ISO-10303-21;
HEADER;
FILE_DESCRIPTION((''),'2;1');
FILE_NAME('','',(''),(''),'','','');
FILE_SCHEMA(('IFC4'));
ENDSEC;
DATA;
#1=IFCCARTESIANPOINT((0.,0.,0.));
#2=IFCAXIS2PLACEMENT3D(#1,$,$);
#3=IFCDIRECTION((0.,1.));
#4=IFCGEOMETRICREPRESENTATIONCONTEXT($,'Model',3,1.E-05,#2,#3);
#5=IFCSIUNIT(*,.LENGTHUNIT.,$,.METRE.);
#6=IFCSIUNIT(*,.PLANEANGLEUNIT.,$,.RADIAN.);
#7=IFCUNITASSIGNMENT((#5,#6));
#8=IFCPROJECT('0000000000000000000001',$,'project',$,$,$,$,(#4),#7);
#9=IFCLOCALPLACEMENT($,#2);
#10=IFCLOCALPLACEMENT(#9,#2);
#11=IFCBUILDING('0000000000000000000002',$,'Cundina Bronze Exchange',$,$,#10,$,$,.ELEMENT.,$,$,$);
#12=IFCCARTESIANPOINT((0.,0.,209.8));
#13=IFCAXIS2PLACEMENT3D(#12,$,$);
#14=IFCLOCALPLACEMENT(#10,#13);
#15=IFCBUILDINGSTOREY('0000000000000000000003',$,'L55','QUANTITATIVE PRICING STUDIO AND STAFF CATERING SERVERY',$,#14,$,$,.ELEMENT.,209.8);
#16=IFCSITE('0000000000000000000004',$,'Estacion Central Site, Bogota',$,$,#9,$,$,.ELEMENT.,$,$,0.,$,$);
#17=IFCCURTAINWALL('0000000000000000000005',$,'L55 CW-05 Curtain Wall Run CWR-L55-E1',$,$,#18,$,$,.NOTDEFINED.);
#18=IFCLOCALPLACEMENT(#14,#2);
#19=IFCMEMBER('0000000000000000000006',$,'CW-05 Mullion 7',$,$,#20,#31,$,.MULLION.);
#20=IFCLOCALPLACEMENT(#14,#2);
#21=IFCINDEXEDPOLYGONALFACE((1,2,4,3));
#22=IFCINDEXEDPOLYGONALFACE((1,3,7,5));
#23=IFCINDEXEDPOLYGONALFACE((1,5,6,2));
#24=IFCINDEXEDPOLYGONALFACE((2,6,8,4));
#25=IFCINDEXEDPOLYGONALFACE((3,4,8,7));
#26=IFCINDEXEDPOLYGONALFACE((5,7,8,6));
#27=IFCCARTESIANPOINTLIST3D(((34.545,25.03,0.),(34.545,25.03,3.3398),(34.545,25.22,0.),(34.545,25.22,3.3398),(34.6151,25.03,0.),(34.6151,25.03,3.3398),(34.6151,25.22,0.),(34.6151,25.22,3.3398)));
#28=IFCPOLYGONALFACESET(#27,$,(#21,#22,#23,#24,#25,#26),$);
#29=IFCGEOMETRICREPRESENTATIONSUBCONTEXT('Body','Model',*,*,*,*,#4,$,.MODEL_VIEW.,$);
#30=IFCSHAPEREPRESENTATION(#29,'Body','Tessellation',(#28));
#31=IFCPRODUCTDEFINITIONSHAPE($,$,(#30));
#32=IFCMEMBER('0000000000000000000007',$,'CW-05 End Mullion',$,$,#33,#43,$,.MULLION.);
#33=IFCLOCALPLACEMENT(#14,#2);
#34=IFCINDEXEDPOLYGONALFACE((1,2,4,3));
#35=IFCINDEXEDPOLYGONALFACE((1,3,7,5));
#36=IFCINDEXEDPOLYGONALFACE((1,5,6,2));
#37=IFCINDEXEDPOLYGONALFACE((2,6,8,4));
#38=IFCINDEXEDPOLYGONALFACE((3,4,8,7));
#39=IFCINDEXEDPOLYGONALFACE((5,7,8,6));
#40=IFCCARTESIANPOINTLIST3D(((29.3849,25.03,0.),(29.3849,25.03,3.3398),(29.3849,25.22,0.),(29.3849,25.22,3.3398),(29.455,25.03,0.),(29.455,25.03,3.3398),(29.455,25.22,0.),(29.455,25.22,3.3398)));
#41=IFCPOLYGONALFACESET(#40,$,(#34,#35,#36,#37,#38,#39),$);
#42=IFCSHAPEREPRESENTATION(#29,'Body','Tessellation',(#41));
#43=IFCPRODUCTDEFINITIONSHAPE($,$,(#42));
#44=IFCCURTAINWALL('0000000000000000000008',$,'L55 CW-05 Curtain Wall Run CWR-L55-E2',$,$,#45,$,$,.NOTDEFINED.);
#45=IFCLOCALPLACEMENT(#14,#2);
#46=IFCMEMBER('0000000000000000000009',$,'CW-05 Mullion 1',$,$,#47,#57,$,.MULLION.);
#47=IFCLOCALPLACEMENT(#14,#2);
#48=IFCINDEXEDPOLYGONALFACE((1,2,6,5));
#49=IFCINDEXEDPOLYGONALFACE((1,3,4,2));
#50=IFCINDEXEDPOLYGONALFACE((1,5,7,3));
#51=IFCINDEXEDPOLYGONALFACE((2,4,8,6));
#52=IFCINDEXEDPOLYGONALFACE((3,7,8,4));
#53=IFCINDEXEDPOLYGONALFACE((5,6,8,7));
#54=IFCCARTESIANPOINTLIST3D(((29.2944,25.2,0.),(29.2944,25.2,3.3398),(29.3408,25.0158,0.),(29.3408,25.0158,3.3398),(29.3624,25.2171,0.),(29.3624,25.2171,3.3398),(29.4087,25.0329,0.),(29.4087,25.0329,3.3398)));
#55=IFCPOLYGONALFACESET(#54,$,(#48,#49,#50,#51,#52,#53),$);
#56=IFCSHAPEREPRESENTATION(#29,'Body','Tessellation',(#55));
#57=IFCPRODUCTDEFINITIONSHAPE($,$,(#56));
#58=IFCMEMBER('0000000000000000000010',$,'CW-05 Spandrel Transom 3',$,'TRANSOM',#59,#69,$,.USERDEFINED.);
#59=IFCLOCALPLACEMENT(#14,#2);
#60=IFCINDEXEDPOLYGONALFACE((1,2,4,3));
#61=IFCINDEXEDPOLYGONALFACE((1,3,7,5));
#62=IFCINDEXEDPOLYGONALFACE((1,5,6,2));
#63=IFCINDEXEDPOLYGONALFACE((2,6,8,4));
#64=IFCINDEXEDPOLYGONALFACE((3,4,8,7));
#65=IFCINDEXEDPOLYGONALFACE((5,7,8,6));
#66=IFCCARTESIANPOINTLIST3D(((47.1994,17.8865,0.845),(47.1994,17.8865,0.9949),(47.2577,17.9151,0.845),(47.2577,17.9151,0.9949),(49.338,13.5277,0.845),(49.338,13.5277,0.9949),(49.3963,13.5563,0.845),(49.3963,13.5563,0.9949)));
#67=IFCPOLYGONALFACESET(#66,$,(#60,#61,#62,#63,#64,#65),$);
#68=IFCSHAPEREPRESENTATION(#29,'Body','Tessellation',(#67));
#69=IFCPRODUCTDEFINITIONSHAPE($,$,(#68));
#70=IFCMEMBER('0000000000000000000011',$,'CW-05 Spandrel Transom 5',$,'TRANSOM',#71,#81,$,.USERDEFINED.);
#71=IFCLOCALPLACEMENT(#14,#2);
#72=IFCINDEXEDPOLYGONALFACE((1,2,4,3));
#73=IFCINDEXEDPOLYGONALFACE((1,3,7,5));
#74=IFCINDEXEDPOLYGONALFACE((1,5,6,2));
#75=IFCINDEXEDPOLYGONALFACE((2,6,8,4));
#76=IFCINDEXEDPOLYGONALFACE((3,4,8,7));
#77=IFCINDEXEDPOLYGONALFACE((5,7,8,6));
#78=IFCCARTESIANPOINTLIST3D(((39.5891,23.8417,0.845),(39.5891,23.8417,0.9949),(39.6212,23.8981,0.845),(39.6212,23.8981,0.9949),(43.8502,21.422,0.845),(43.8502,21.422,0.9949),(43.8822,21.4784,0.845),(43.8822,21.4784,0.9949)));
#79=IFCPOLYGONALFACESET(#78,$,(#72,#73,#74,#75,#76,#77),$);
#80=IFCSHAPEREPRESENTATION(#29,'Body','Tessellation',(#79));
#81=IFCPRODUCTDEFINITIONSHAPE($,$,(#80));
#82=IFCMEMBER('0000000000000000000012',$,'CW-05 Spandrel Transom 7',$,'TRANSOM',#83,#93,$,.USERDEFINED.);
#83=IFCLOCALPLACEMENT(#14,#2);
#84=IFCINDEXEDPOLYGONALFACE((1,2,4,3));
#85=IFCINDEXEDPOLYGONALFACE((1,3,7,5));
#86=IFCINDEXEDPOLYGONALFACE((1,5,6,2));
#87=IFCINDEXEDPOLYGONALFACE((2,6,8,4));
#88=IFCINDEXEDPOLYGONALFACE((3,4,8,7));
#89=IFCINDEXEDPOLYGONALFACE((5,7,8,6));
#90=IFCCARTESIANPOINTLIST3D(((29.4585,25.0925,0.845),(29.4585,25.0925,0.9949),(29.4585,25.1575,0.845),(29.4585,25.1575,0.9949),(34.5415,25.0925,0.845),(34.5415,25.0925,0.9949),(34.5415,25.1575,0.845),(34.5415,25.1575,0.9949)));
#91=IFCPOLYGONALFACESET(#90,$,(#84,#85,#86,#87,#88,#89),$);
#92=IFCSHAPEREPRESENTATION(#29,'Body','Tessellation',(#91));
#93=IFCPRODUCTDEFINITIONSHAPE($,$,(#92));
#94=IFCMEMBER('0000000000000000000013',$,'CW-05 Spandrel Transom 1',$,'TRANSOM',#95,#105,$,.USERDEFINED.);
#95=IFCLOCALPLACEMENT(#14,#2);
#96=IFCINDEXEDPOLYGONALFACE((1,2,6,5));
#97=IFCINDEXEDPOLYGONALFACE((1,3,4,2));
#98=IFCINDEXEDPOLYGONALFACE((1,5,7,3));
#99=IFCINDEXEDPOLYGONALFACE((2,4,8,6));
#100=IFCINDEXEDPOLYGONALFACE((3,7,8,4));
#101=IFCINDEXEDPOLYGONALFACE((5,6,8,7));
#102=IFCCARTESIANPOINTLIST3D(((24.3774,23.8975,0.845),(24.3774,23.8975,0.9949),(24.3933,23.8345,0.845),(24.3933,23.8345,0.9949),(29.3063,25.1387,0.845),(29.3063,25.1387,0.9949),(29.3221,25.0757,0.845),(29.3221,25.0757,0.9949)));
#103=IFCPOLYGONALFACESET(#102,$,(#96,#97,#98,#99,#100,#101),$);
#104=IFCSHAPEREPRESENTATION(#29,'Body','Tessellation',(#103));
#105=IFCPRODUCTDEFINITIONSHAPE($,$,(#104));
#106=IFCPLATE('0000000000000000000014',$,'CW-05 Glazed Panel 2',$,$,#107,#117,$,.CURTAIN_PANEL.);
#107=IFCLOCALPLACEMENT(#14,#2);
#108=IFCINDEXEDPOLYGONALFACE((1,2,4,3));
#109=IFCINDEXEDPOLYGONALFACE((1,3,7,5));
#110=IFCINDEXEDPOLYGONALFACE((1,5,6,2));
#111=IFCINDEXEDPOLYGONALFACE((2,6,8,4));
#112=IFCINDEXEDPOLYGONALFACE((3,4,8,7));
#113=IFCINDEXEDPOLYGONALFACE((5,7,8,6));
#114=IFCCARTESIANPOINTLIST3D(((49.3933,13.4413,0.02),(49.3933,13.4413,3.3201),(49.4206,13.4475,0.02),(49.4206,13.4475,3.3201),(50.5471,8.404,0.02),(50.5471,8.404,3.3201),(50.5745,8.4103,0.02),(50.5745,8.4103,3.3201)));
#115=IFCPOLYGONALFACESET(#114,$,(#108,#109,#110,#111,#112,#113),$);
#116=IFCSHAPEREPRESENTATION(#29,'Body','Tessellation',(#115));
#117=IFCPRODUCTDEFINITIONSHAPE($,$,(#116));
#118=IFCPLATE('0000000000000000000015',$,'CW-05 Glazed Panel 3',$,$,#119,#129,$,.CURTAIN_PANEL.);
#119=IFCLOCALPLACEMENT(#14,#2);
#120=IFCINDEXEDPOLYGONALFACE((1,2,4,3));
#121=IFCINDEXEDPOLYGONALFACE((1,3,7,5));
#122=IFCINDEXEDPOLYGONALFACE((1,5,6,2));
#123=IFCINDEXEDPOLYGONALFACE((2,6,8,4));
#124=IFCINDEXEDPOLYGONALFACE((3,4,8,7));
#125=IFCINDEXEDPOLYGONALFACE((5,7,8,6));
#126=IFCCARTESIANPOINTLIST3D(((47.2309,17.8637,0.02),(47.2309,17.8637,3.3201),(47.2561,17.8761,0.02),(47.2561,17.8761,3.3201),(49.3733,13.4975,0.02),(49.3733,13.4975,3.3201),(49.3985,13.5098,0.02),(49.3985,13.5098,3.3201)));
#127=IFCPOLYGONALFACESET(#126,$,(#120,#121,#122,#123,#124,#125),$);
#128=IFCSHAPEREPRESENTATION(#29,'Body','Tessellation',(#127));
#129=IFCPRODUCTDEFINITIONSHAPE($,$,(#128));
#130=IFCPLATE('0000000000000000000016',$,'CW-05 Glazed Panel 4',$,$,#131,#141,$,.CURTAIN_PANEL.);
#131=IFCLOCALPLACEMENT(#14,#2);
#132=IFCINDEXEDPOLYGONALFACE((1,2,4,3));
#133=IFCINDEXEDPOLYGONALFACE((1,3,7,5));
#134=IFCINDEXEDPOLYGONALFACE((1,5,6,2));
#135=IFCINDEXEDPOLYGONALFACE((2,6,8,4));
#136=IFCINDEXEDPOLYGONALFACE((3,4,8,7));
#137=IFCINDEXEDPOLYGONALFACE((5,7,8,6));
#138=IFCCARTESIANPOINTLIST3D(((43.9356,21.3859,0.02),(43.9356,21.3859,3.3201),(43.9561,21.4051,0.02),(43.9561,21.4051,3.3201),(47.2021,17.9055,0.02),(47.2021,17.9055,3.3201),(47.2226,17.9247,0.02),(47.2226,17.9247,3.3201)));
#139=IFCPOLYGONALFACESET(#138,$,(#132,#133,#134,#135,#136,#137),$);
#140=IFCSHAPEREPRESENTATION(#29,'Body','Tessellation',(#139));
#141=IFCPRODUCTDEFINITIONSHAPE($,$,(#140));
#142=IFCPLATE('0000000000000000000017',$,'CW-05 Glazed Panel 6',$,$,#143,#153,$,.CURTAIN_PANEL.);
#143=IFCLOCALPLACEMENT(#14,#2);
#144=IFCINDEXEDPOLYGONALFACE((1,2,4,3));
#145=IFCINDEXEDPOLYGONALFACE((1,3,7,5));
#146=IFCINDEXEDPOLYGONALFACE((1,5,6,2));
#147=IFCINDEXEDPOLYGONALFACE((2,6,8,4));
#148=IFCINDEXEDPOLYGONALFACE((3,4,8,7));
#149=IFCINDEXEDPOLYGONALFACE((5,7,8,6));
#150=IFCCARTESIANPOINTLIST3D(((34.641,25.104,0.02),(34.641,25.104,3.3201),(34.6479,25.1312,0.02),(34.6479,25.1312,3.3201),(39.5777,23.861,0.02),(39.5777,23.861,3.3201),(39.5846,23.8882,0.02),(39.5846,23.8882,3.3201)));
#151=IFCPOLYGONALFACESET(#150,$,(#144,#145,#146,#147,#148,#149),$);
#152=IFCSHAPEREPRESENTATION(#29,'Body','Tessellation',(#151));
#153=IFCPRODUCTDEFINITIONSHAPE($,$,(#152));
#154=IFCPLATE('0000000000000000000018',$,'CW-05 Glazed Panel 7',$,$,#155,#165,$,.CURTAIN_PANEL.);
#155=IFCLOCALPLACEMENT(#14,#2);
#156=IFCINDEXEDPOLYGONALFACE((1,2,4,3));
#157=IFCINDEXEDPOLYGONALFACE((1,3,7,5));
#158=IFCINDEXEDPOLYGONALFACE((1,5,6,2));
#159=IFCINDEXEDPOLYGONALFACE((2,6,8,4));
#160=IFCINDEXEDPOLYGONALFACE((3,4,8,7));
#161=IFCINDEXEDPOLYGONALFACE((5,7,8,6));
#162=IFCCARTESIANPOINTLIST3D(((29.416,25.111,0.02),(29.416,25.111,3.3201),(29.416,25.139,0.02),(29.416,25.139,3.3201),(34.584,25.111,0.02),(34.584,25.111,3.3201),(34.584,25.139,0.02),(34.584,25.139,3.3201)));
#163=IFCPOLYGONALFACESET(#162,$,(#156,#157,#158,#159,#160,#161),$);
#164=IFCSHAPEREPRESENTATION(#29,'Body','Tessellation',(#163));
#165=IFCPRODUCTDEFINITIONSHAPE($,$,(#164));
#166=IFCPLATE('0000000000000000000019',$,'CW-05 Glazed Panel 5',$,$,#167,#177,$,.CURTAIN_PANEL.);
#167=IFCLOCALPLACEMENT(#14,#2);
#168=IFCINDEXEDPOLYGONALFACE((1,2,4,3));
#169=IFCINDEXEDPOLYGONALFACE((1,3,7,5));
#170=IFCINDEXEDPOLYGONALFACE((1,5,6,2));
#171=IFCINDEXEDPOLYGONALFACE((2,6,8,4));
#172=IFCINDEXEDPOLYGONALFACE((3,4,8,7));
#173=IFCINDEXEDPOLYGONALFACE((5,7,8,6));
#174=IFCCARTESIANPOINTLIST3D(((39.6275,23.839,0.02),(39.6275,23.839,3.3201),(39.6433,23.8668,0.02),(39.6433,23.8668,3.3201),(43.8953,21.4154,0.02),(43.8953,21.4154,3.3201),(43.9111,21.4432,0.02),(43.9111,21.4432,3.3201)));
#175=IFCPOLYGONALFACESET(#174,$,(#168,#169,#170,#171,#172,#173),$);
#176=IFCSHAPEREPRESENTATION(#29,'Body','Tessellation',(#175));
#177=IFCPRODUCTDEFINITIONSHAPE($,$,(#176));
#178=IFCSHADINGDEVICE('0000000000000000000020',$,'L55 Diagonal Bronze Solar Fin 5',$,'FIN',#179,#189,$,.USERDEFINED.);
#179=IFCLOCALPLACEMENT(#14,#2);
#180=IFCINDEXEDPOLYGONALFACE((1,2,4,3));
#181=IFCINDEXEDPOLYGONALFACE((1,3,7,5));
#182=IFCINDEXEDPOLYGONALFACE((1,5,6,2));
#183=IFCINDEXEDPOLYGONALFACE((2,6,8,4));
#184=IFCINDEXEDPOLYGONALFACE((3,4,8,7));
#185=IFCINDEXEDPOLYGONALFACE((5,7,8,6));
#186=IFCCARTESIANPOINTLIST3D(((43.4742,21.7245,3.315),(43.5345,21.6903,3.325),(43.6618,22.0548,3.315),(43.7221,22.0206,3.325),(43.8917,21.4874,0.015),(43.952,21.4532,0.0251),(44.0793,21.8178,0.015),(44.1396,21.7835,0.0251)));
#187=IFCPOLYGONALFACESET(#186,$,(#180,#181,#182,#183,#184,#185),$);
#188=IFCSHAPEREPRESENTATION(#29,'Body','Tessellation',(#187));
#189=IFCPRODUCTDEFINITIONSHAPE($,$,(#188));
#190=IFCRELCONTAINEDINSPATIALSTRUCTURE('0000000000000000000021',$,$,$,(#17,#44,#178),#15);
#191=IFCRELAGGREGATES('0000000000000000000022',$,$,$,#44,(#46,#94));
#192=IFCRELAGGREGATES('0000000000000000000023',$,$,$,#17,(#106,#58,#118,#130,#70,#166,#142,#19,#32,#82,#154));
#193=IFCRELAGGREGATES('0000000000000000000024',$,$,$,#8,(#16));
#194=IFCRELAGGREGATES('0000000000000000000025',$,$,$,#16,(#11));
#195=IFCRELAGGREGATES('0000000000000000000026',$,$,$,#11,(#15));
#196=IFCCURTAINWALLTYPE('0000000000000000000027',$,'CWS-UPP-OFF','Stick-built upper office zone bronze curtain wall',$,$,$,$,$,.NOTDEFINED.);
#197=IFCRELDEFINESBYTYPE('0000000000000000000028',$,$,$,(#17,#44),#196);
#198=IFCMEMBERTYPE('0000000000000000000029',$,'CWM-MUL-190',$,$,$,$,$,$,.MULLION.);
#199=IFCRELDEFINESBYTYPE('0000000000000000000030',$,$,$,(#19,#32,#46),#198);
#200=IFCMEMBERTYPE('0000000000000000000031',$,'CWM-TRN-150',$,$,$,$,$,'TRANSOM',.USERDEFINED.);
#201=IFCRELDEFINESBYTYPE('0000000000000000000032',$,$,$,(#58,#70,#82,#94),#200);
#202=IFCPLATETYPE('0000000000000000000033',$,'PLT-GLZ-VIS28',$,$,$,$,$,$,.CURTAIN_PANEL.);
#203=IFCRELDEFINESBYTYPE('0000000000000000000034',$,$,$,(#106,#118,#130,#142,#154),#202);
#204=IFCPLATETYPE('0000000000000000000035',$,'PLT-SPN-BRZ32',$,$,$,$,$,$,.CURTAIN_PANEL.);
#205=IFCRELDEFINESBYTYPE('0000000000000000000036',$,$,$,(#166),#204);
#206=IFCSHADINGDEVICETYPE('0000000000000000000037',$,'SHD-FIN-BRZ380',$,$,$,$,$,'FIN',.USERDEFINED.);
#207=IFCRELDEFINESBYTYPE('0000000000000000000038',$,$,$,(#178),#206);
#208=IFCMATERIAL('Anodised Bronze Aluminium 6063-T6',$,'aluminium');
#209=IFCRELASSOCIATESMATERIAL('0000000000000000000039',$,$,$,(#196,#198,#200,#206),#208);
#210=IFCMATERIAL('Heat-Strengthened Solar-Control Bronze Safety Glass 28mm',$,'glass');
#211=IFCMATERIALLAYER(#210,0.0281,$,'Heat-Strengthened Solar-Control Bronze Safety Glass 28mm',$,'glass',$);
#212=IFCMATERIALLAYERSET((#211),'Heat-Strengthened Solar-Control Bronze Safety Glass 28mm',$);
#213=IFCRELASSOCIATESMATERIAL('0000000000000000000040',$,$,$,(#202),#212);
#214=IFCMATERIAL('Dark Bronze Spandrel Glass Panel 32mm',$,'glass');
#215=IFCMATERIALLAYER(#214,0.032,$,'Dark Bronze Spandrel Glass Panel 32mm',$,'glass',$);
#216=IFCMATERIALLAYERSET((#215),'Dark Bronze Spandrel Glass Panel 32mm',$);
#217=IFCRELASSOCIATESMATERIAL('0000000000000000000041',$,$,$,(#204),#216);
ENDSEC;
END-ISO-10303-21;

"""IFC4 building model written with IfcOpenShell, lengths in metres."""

from ifc_helpers import new_model, si_unit, direction, frame, origin, origin_2d, place, context, subcontext, project, spatial, rectangle, extrude, material, layer, layer_set, material_profile, profile_set, type_object, element, aggregate, save


model = new_model("IFC4")

# Units and contexts
model_context = context("Model", 3, precision=1e-05, world=origin(), true_north=direction((0.0, 1.0)))
body_context = subcontext(model_context, "Body", "Model", "MODEL_VIEW")
ifc_project = project(units=[si_unit("LENGTHUNIT", "METRE"), si_unit("PLANEANGLEUNIT", "RADIAN")], contexts=[model_context])

# Site, building, storey
site_placement = place(None, origin())
site = spatial("IfcSite", under=ifc_project, at=site_placement, Name="Estacion Central Site, Bogota", CompositionType="ELEMENT", RefElevation=0.0)
building_placement = place(site_placement, origin())
building = spatial("IfcBuilding", under=site, at=building_placement, Name="Cundina Bronze Exchange", CompositionType="ELEMENT")
storey_placement = place(building_placement, frame((0.0, 0.0, 209.8)))
storey = spatial("IfcBuildingStorey", under=building, at=storey_placement, Name="L55", Description="QUANTITATIVE PRICING STUDIO AND STAFF CATERING SERVERY", CompositionType="ELEMENT", Elevation=209.8)

# Curtain wall, members
ifc_material_1 = material(Name="Anodised Bronze Aluminium 6063-T6", Category="aluminium")
curtain_wall_type = type_object("IfcCurtainWallType", Name="CWS-UPP-OFF", Description="Stick-built upper office zone bronze curtain wall", PredefinedType="NOTDEFINED", material=ifc_material_1)
curtain_wall_1_placement = place(storey_placement, origin())
curtain_wall_1 = element("IfcCurtainWall", 1, at=curtain_wall_1_placement, inside=storey, type_object=curtain_wall_type, Name="L55 CW-05 Curtain Wall Run CWR-L55-E1", PredefinedType="NOTDEFINED")
ifc_material_profile_1 = material_profile(ifc_material_1, rectangle(XDim=0.0701, YDim=0.1899, at=origin_2d()), Name="AL70X190", Category="aluminium")
ifc_profile_set_1 = profile_set([ifc_material_profile_1], Name="Anodised Bronze Aluminium 6063-T6")
member_type_1 = type_object("IfcMemberType", Name="CWM-MUL-190", PredefinedType="MULLION", material=ifc_profile_set_1)
member_1_placement = place(storey_placement, frame((34.5801, 25.125, 0.0), z_axis=(0.0, 0.0, 1.0), x_axis=(-1.0, 0.0, 0.0)))
member_1 = element("IfcMember", 2, at=member_1_placement, type_object=member_type_1, Name="CW-05 Mullion 7", PredefinedType="MULLION", context=body_context, shape_type="SweptSolid", body=[
    extrude(rectangle(XDim=0.0701, YDim=0.1899, at=origin_2d()), origin(), (0.0, 0.0, 1.0), 3.3398),
])
member_2_placement = place(storey_placement, frame((29.4199, 25.125, 0.0), z_axis=(0.0, 0.0, 1.0), x_axis=(-1.0, 0.0, 0.0)))
member_2 = element("IfcMember", 3, at=member_2_placement, type_object=member_type_1, Name="CW-05 End Mullion", PredefinedType="MULLION", context=body_context, shape_type="SweptSolid", body=[
    extrude(rectangle(XDim=0.0701, YDim=0.1899, at=origin_2d()), origin(), (0.0, 0.0, 1.0), 3.3398),
])

# Curtain wall, member
curtain_wall_2_placement = place(storey_placement, origin())
curtain_wall_2 = element("IfcCurtainWall", 4, at=curtain_wall_2_placement, inside=storey, type_object=curtain_wall_type, Name="L55 CW-05 Curtain Wall Run CWR-L55-E2", PredefinedType="NOTDEFINED")
member_3_placement = place(storey_placement, frame((29.3516, 25.1165, 0.0), z_axis=(0.0, 0.0, 1.0), x_axis=(-0.969744, -0.244123, 0.0)))
member_3 = element("IfcMember", 5, at=member_3_placement, type_object=member_type_1, Name="CW-05 Mullion 1", PredefinedType="MULLION", context=body_context, shape_type="SweptSolid", body=[
    extrude(rectangle(XDim=0.0701, YDim=0.1899, at=origin_2d()), origin(), (0.0, 0.0, 1.0), 3.3398),
])

# Members
ifc_material_profile_2 = material_profile(ifc_material_1, rectangle(XDim=0.0649, YDim=0.1499, at=origin_2d()), Name="AL65X150", Category="aluminium")
ifc_profile_set_2 = profile_set([ifc_material_profile_2], Name="Anodised Bronze Aluminium 6063-T6")
member_type_2 = type_object("IfcMemberType", Name="CWM-TRN-150", ElementType="TRANSOM", PredefinedType="USERDEFINED", material=ifc_profile_set_2)
member_4_placement = place(storey_placement, frame((49.3672, 13.542, 0.9199), z_axis=(-0.440483, 0.897761, 0.0), x_axis=(-0.897761, -0.440483, 0.0)))
member_4 = element("IfcMember", 6, at=member_4_placement, type_object=member_type_2, Name="CW-05 Spandrel Transom 3", ObjectType="TRANSOM", PredefinedType="USERDEFINED", context=body_context, shape_type="SweptSolid", body=[
    extrude(rectangle(XDim=0.0649, YDim=0.1499, at=origin_2d()), origin(), (0.0, 0.0, 1.0), 4.8552),
])
member_5_placement = place(storey_placement, frame((43.8662, 21.4502, 0.9199), z_axis=(-0.869574, 0.493803, 0.0), x_axis=(-0.493803, -0.869574, 0.0)))
member_5 = element("IfcMember", 7, at=member_5_placement, type_object=member_type_2, Name="CW-05 Spandrel Transom 5", ObjectType="TRANSOM", PredefinedType="USERDEFINED", context=body_context, shape_type="SweptSolid", body=[
    extrude(rectangle(XDim=0.0649, YDim=0.1499, at=origin_2d()), origin(), (0.0, 0.0, 1.0), 4.9001),
])
member_6_placement = place(storey_placement, frame((34.5415, 25.125, 0.9199), z_axis=(-1.0, 0.0, 0.0), x_axis=(0.0, -1.0, 0.0)))
member_6 = element("IfcMember", 8, at=member_6_placement, type_object=member_type_2, Name="CW-05 Spandrel Transom 7", ObjectType="TRANSOM", PredefinedType="USERDEFINED", context=body_context, shape_type="SweptSolid", body=[
    extrude(rectangle(XDim=0.0649, YDim=0.1499, at=origin_2d()), origin(), (0.0, 0.0, 1.0), 5.083),
])
member_7_placement = place(storey_placement, frame((29.3142, 25.1072, 0.9199), z_axis=(-0.969726, -0.244197, 0.0), x_axis=(0.244197, -0.969726, 0.0)))
member_7 = element("IfcMember", 9, at=member_7_placement, type_object=member_type_2, Name="CW-05 Spandrel Transom 1", ObjectType="TRANSOM", PredefinedType="USERDEFINED", context=body_context, shape_type="SweptSolid", body=[
    extrude(rectangle(XDim=0.0649, YDim=0.1499, at=origin_2d()), origin(), (0.0, 0.0, 1.0), 5.0828),
])
aggregate(curtain_wall_2, [member_3, member_7])

# Plates
ifc_material_2 = material(Name="Heat-Strengthened Solar-Control Bronze Safety Glass 28mm", Category="glass")
ifc_layer_1 = layer(ifc_material_2, 0.0281, Name="Heat-Strengthened Solar-Control Bronze Safety Glass 28mm", Category="glass")
ifc_layer_set_1 = layer_set([ifc_layer_1], Name="Heat-Strengthened Solar-Control Bronze Safety Glass 28mm")
plate_type_1 = type_object("IfcPlateType", Name="PLT-GLZ-VIS28", PredefinedType="CURTAIN_PANEL", material=ifc_layer_set_1)
plate_1_placement = place(storey_placement, frame((49.9839, 10.9258, 0.02), z_axis=(0.0, 0.0, 1.0), x_axis=(-0.223284, 0.974753, 0.0)))
plate_1 = element("IfcPlate", 10, at=plate_1_placement, type_object=plate_type_1, Name="CW-05 Glazed Panel 2", PredefinedType="CURTAIN_PANEL", context=body_context, shape_type="SweptSolid", body=[
    extrude(rectangle(XDim=5.1677, YDim=0.0281, at=origin_2d()), origin(), (0.0, 0.0, 1.0), 3.3),
])
plate_2_placement = place(storey_placement, frame((48.3147, 15.6868, 0.02), z_axis=(0.0, 0.0, 1.0), x_axis=(-0.440503, 0.897751, 0.0)))
plate_2 = element("IfcPlate", 11, at=plate_2_placement, type_object=plate_type_1, Name="CW-05 Glazed Panel 3", PredefinedType="CURTAIN_PANEL", context=body_context, shape_type="SweptSolid", body=[
    extrude(rectangle(XDim=4.8635, YDim=0.0281, at=origin_2d()), origin(), (0.0, 0.0, 1.0), 3.3),
])
plate_3_placement = place(storey_placement, frame((45.5791, 19.6553, 0.02), z_axis=(0.0, 0.0, 1.0), x_axis=(-0.684344, 0.72916, 0.0)))
plate_3 = element("IfcPlate", 12, at=plate_3_placement, type_object=plate_type_1, Name="CW-05 Glazed Panel 4", PredefinedType="CURTAIN_PANEL", context=body_context, shape_type="SweptSolid", body=[
    extrude(rectangle(XDim=4.7732, YDim=0.0281, at=origin_2d()), origin(), (0.0, 0.0, 1.0), 3.3),
])
plate_4_placement = place(storey_placement, frame((37.1128, 24.4961, 0.02), z_axis=(0.0, 0.0, 1.0), x_axis=(-0.969732, 0.244174, 0.0)))
plate_4 = element("IfcPlate", 13, at=plate_4_placement, type_object=plate_type_1, Name="CW-05 Glazed Panel 6", PredefinedType="CURTAIN_PANEL", context=body_context, shape_type="SweptSolid", body=[
    extrude(rectangle(XDim=5.0908, YDim=0.0281, at=origin_2d()), origin(), (0.0, 0.0, 1.0), 3.3),
])
plate_5_placement = place(storey_placement, frame((32.0, 25.125, 0.02), z_axis=(0.0, 0.0, 1.0), x_axis=(-1.0, 0.0, 0.0)))
plate_5 = element("IfcPlate", 14, at=plate_5_placement, type_object=plate_type_1, Name="CW-05 Glazed Panel 7", PredefinedType="CURTAIN_PANEL", context=body_context, shape_type="SweptSolid", body=[
    extrude(rectangle(XDim=5.168, YDim=0.0281, at=origin_2d()), origin(), (0.0, 0.0, 1.0), 3.3),
])
ifc_material_3 = material(Name="Dark Bronze Spandrel Glass Panel 32mm", Category="glass")
ifc_layer_2 = layer(ifc_material_3, 0.032, Name="Dark Bronze Spandrel Glass Panel 32mm", Category="glass")
ifc_layer_set_2 = layer_set([ifc_layer_2], Name="Dark Bronze Spandrel Glass Panel 32mm")
plate_type_2 = type_object("IfcPlateType", Name="PLT-SPN-BRZ32", PredefinedType="CURTAIN_PANEL", material=ifc_layer_set_2)
plate_6_placement = place(storey_placement, frame((41.7693, 22.6411, 0.02), z_axis=(0.0, 0.0, 1.0), x_axis=(-0.869573, 0.493805, 0.0)))
plate_6 = element("IfcPlate", 15, at=plate_6_placement, type_object=plate_type_2, Name="CW-05 Glazed Panel 5", PredefinedType="CURTAIN_PANEL", context=body_context, shape_type="SweptSolid", body=[
    extrude(rectangle(XDim=4.908, YDim=0.032, at=origin_2d()), origin(), (0.0, 0.0, 1.0), 3.3),
])
aggregate(curtain_wall_1, [plate_1, member_4, plate_2, plate_3, member_5, plate_6, plate_4, member_1, member_2, member_6, plate_5])

# Shading device
ifc_material_profile_3 = material_profile(ifc_material_1, rectangle(XDim=0.0701, YDim=0.3799, at=origin_2d()), Name="FIN70X380", Category="aluminium")
ifc_profile_set_3 = profile_set([ifc_material_profile_3], Name="Anodised Bronze Aluminium 6063-T6")
shading_device_type = type_object("IfcShadingDeviceType", Name="SHD-FIN-BRZ380", ElementType="FIN", PredefinedType="USERDEFINED", material=ifc_profile_set_3)
for number, where, z_axis, x_axis, name in (
    (16, (44.0156, 21.6355, 0.02), (-0.12519, 0.071087, 0.989583), (0.860527, -0.488638, 0.143965), "L55 Diagonal Bronze Solar Fin 5"),
):
    element("IfcShadingDevice", number, at=place(storey_placement, frame(where, z_axis=z_axis, x_axis=x_axis)), inside=storey, type_object=shading_device_type, Name=name, ObjectType="FIN", PredefinedType="USERDEFINED", context=body_context, shape_type="SweptSolid", body=[
        extrude(rectangle(XDim=0.0701, YDim=0.3799, at=origin_2d()), origin(), (0.0, 0.0, 1.0), 3.3347),
    ])

save(model, "model.ifc")
